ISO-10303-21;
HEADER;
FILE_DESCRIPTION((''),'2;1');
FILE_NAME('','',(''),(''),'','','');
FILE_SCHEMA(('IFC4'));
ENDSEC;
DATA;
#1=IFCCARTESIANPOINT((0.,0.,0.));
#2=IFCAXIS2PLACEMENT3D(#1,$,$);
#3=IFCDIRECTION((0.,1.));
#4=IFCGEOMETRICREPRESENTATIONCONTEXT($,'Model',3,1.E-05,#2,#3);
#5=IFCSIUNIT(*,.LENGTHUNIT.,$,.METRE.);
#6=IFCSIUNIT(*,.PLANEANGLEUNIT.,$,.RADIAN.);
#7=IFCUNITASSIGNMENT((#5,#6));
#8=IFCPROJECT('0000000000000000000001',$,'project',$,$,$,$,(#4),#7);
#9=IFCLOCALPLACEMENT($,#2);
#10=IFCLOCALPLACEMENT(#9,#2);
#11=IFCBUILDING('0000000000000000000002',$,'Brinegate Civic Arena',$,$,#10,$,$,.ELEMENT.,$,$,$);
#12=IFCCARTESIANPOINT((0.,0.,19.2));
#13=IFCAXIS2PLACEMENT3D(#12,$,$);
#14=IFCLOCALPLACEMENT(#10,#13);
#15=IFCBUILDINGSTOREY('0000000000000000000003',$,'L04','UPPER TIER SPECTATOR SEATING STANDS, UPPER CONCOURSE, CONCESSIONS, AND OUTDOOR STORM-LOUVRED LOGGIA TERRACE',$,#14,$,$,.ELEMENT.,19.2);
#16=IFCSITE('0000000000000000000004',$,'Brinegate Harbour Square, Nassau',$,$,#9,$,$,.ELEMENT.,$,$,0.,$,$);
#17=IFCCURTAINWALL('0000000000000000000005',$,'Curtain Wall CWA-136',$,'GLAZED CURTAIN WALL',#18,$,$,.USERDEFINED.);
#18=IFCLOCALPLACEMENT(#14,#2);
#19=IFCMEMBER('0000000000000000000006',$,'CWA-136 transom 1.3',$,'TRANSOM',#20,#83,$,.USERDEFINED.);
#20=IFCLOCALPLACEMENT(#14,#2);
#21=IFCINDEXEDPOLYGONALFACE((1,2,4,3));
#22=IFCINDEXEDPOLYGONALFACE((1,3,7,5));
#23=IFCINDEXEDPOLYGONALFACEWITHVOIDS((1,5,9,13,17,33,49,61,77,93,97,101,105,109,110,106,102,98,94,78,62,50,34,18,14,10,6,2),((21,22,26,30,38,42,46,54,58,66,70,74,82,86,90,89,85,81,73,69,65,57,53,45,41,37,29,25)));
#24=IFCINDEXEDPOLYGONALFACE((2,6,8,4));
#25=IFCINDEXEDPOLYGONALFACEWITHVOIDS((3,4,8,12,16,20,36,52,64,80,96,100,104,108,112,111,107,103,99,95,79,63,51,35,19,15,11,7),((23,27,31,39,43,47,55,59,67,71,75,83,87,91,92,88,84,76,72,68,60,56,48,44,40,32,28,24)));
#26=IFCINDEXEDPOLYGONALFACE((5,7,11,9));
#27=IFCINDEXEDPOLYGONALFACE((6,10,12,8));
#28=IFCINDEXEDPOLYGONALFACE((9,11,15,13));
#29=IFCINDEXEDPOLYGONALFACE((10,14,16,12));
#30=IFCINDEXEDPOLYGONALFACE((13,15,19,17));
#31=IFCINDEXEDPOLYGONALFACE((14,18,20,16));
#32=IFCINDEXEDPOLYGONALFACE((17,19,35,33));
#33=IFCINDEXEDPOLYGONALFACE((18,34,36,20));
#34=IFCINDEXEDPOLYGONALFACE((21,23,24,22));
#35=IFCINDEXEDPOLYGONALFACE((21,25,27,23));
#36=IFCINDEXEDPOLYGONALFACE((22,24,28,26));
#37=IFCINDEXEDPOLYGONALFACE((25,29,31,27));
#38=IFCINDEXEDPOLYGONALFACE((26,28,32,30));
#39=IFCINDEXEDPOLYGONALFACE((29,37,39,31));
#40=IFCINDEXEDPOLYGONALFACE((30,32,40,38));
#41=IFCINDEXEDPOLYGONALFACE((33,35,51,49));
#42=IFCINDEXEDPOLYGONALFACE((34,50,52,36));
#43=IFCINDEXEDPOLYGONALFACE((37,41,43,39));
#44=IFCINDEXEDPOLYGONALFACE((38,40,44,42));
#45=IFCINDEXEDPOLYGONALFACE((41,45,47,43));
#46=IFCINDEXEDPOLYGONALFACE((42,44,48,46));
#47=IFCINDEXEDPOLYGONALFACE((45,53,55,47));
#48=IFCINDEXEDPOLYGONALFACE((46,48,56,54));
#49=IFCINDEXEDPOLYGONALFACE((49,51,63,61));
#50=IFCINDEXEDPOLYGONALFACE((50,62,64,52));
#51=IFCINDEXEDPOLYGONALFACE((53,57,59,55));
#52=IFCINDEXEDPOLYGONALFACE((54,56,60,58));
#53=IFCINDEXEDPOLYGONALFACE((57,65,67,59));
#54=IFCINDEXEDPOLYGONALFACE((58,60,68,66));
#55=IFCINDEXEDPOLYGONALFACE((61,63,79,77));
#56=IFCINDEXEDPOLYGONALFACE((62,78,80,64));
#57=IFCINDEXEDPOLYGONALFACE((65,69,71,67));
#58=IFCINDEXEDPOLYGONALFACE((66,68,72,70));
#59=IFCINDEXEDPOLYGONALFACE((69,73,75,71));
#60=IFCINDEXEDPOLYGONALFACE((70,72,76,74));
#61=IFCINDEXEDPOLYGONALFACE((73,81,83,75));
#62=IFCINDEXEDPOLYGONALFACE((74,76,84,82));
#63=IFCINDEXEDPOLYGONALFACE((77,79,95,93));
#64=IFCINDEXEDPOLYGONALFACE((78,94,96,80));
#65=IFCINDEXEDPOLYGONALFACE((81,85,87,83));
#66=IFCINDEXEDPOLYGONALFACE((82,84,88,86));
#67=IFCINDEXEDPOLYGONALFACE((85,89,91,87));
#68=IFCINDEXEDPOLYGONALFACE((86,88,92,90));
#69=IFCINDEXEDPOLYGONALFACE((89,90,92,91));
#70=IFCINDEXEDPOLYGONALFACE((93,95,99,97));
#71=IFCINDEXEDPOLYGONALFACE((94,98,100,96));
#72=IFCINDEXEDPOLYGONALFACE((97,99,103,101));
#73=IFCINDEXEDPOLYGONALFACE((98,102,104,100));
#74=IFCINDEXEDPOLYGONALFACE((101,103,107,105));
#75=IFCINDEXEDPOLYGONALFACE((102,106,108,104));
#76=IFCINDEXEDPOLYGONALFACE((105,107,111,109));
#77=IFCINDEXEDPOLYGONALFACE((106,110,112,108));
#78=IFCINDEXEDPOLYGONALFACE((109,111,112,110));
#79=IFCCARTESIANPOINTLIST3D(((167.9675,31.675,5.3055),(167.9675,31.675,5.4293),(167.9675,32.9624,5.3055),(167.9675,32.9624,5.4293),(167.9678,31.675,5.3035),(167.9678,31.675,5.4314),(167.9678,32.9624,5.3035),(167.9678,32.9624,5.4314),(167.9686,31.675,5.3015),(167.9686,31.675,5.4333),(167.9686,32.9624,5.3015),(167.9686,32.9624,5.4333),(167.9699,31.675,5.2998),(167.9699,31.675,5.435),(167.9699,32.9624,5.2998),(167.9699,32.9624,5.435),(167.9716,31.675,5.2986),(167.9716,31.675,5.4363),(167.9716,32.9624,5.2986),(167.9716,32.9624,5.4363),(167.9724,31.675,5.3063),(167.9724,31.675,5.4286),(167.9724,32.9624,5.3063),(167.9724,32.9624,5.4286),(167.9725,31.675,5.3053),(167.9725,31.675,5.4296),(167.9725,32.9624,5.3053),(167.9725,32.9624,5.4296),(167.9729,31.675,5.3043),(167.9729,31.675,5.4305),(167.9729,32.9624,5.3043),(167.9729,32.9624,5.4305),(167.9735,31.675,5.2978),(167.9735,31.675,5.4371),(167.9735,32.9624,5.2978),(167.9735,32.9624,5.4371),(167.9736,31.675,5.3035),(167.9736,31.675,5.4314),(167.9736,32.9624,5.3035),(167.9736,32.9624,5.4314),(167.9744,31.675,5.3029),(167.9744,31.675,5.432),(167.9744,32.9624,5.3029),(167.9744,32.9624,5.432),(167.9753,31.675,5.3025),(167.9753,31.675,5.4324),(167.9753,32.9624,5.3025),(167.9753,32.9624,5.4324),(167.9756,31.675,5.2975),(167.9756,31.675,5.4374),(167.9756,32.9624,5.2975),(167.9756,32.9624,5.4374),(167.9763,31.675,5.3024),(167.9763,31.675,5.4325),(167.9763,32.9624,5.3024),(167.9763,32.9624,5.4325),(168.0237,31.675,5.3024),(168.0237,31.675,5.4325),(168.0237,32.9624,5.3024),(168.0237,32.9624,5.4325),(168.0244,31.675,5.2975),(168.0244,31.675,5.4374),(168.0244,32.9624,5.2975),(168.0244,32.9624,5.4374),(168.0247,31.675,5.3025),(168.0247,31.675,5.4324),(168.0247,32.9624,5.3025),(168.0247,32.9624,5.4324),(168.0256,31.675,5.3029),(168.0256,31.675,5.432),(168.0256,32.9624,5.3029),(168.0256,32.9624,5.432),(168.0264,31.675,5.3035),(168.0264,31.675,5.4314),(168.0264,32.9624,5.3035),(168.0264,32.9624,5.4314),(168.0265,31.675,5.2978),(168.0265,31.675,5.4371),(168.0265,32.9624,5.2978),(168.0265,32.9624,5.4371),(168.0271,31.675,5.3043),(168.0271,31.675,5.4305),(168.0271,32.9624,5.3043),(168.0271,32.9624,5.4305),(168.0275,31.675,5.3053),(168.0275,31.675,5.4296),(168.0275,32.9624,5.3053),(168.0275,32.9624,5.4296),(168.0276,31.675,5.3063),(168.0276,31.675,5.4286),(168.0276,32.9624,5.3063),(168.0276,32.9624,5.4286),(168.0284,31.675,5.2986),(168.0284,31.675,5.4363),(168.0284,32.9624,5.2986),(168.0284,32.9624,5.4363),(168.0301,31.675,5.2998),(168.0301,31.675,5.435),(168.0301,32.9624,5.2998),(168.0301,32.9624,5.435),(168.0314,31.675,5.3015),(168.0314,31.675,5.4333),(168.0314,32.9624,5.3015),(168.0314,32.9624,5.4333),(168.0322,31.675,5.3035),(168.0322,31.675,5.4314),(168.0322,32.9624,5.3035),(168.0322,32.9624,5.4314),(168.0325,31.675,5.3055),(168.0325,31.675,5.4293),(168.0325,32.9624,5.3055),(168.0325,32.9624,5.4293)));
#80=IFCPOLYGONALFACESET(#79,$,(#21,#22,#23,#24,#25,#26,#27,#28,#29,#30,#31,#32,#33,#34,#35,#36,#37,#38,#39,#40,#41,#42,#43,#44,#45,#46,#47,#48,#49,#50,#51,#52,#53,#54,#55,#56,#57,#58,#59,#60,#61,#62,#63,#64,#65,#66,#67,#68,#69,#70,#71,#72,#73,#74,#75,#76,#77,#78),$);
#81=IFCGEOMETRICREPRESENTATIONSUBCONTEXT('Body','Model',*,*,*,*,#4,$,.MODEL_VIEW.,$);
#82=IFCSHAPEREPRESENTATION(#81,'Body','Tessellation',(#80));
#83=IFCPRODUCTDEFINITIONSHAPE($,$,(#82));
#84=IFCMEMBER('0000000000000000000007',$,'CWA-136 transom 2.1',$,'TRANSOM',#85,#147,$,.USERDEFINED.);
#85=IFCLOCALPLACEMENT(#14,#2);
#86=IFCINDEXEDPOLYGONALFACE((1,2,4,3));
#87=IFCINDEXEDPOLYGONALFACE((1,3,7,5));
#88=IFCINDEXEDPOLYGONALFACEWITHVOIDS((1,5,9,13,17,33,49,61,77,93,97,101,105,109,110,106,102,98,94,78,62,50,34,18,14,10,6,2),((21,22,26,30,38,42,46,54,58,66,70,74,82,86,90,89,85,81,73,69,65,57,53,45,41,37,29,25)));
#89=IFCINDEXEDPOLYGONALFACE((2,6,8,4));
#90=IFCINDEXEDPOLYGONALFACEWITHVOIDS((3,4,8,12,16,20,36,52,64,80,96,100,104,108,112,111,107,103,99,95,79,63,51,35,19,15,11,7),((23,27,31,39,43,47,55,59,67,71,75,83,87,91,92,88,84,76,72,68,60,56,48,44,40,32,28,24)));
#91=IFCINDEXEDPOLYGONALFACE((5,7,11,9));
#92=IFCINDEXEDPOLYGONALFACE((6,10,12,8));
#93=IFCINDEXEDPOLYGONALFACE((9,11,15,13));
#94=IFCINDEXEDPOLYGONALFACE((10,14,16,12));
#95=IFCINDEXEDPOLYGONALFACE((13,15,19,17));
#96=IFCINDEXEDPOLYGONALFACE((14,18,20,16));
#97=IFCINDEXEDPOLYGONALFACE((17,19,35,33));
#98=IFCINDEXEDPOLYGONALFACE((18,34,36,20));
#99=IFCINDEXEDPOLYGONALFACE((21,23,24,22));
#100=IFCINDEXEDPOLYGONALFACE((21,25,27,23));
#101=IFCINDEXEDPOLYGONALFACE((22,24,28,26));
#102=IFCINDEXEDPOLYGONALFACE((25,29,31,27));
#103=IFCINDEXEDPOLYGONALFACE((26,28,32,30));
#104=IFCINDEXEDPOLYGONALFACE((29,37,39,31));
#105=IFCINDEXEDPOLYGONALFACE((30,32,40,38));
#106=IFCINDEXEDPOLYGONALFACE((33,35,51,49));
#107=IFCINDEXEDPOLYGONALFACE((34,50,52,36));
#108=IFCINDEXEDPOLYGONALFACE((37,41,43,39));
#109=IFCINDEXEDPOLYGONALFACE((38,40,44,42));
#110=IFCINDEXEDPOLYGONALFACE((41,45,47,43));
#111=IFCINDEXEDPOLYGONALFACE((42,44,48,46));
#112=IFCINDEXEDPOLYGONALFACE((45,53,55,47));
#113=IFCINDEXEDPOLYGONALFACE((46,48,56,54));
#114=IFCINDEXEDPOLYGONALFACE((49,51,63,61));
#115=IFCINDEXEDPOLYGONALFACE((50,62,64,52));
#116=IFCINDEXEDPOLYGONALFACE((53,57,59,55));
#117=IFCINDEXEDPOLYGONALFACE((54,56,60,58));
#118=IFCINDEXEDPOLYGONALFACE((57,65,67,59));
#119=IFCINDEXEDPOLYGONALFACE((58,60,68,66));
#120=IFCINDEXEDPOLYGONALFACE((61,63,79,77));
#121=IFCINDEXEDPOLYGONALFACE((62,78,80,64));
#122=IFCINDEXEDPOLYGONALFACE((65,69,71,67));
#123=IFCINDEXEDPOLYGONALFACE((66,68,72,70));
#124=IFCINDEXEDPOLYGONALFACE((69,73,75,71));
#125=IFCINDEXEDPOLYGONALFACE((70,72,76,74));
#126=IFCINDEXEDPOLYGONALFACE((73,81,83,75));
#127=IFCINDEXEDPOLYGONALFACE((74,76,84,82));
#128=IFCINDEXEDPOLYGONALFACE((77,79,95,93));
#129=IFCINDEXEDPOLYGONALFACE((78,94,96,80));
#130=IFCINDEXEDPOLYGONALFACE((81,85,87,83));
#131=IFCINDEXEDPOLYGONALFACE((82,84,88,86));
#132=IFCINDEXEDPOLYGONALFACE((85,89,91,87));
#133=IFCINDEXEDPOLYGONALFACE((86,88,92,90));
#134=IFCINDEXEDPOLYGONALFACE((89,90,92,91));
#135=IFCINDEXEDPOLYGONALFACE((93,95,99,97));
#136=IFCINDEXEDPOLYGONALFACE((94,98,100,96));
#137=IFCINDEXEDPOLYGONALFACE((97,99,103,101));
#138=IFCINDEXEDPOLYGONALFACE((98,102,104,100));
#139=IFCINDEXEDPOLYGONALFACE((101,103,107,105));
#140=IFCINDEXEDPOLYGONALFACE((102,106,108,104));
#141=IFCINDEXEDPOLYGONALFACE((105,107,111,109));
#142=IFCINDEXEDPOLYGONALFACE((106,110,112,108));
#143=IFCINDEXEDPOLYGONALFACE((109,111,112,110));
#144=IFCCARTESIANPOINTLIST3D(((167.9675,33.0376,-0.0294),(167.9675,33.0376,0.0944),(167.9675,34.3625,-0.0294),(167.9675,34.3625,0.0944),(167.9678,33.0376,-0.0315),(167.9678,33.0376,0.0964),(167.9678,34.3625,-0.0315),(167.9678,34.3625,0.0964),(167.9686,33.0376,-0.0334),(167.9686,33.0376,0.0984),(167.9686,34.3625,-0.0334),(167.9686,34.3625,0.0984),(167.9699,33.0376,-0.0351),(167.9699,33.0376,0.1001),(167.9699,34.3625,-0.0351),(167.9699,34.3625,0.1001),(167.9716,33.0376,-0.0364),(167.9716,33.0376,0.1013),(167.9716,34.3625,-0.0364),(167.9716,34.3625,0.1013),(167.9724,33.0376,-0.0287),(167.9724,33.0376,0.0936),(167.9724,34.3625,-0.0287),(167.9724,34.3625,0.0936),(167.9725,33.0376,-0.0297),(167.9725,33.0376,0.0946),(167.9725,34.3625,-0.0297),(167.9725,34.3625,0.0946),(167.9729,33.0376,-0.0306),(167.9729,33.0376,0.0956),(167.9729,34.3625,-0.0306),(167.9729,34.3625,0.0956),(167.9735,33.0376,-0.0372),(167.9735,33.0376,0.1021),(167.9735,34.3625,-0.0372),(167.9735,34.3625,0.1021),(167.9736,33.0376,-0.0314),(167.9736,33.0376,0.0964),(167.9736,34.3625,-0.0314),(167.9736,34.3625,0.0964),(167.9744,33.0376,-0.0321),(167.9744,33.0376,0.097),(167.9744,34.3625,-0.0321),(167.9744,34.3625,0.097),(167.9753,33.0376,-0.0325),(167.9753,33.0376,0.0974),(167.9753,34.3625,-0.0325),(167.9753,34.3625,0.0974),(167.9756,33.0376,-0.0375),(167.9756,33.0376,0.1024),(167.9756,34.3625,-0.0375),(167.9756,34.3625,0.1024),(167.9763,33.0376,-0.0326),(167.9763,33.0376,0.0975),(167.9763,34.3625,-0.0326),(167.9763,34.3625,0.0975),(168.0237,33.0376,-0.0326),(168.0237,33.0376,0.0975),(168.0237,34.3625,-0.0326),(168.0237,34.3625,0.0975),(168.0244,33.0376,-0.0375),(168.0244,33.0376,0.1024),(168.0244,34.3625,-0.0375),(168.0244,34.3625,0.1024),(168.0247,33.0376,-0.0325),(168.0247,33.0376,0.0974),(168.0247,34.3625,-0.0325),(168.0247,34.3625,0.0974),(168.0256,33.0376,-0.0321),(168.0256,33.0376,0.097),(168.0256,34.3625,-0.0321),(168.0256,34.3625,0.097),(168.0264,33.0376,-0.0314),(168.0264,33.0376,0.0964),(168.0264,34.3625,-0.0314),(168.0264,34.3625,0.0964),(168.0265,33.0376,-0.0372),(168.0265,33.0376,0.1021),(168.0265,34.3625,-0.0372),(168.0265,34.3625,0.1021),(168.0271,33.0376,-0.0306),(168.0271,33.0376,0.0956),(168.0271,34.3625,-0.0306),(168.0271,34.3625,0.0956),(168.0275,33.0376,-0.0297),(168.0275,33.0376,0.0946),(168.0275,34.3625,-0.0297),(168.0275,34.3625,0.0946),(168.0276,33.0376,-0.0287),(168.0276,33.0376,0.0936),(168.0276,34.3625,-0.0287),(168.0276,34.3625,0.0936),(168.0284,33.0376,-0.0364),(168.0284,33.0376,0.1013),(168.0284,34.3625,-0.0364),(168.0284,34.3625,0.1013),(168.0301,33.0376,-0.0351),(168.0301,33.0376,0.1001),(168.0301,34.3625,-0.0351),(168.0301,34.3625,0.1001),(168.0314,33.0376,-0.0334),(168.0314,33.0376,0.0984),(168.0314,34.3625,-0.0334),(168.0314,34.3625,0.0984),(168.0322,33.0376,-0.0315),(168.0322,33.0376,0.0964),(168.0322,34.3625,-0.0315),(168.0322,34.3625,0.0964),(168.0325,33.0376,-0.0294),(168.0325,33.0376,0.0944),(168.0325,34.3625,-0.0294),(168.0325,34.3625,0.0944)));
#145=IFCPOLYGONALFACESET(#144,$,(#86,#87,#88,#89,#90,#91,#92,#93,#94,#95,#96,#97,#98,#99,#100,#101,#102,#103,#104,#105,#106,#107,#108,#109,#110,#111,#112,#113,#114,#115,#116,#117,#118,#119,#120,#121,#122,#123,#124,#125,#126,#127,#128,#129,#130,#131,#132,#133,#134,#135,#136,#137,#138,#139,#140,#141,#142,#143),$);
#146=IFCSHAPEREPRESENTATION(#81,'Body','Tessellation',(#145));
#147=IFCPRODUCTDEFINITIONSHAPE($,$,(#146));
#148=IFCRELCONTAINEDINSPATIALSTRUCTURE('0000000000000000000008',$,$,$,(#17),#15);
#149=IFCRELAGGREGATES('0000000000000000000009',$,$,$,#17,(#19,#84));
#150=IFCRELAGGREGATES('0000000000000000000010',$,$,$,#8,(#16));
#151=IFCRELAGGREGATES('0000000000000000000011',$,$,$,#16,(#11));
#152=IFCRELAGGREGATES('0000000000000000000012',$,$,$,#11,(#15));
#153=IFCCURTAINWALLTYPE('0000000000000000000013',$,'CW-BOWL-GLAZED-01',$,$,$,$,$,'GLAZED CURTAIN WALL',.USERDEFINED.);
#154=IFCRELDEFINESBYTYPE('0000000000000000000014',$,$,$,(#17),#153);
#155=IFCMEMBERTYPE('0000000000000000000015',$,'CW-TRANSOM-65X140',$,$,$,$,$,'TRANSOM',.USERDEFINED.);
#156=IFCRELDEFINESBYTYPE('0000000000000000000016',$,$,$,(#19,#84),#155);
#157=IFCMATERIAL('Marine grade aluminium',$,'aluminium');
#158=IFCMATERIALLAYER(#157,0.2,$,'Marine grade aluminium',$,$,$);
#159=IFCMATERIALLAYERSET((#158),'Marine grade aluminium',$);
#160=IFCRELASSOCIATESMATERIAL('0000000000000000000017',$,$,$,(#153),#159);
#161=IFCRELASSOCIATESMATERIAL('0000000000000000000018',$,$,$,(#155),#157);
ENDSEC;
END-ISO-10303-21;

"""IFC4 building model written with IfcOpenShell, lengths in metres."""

from ifc_helpers import new_model, si_unit, direction, frame, origin, origin_2d, place, context, subcontext, project, spatial, hollow_rectangle, extrude, material, layer, layer_set, material_profile, profile_set, type_object, element, aggregate, save


model = new_model("IFC4")

# Units and contexts
model_context = context("Model", 3, precision=1e-05, world=origin(), true_north=direction((0.0, 1.0)))
body_context = subcontext(model_context, "Body", "Model", "MODEL_VIEW")
ifc_project = project(units=[si_unit("LENGTHUNIT", "METRE"), si_unit("PLANEANGLEUNIT", "RADIAN")], contexts=[model_context])

# Site, building, storey
site_placement = place(None, origin())
site = spatial("IfcSite", under=ifc_project, at=site_placement, Name="Brinegate Harbour Square, Nassau", CompositionType="ELEMENT", RefElevation=0.0)
building_placement = place(site_placement, origin())
building = spatial("IfcBuilding", under=site, at=building_placement, Name="Brinegate Civic Arena", CompositionType="ELEMENT")
storey_placement = place(building_placement, frame((0.0, 0.0, 19.2)))
storey = spatial("IfcBuildingStorey", under=building, at=storey_placement, Name="L04", Description="UPPER TIER SPECTATOR SEATING STANDS, UPPER CONCOURSE, CONCESSIONS, AND OUTDOOR STORM-LOUVRED LOGGIA TERRACE", CompositionType="ELEMENT", Elevation=19.2)

# Curtain wall, members
ifc_material_1 = material(Name="Marine grade aluminium", Category="aluminium")
ifc_layer_1 = layer(ifc_material_1, 0.2, Name="Marine grade aluminium")
ifc_layer_set_1 = layer_set([ifc_layer_1], Name="Marine grade aluminium")
curtain_wall_type = type_object("IfcCurtainWallType", Name="CW-BOWL-GLAZED-01", ElementType="GLAZED CURTAIN WALL", PredefinedType="USERDEFINED", material=ifc_layer_set_1)
curtain_wall_placement = place(storey_placement, origin())
curtain_wall = element("IfcCurtainWall", 1, at=curtain_wall_placement, inside=storey, type_object=curtain_wall_type, Name="Curtain Wall CWA-136", ObjectType="GLAZED CURTAIN WALL", PredefinedType="USERDEFINED")
ifc_material_profile_1 = material_profile(ifc_material_1, hollow_rectangle(XDim=0.0649, YDim=0.1399, WallThickness=0.0049, InnerFilletRadius=0.0039, OuterFilletRadius=0.0081, at=origin_2d()), Name="TRN65X140")
ifc_profile_set_1 = profile_set([ifc_material_profile_1], Name="Marine grade aluminium")
member_type_1 = type_object("IfcMemberType", Name="CW-TRANSOM-65X140", ElementType="TRANSOM", PredefinedType="USERDEFINED", material=ifc_profile_set_1)
member_1_placement = place(storey_placement, frame((168.0, 31.675, 5.3674), z_axis=(0.0, 1.0, 0.0), x_axis=(-1.0, 0.0, 0.0)))
member_1 = element("IfcMember", 2, at=member_1_placement, type_object=member_type_1, Name="CWA-136 transom 1.3", ObjectType="TRANSOM", PredefinedType="USERDEFINED", context=body_context, shape_type="SweptSolid", body=[
    extrude(hollow_rectangle(XDim=0.0649, YDim=0.1399, WallThickness=0.0049, InnerFilletRadius=0.0039, OuterFilletRadius=0.0081, at=origin_2d()), origin(), (0.0, 0.0, 1.0), 1.2874),
])
member_2_placement = place(storey_placement, frame((168.0, 33.0376, 0.0325), z_axis=(0.0, 1.0, 0.0), x_axis=(-1.0, 0.0, 0.0)))
member_2 = element("IfcMember", 3, at=member_2_placement, type_object=member_type_1, Name="CWA-136 transom 2.1", ObjectType="TRANSOM", PredefinedType="USERDEFINED", context=body_context, shape_type="SweptSolid", body=[
    extrude(hollow_rectangle(XDim=0.0649, YDim=0.1399, WallThickness=0.0049, InnerFilletRadius=0.0039, OuterFilletRadius=0.0081, at=origin_2d()), origin(), (0.0, 0.0, 1.0), 1.325),
])
aggregate(curtain_wall, [member_1, member_2])

save(model, "model.ifc")
